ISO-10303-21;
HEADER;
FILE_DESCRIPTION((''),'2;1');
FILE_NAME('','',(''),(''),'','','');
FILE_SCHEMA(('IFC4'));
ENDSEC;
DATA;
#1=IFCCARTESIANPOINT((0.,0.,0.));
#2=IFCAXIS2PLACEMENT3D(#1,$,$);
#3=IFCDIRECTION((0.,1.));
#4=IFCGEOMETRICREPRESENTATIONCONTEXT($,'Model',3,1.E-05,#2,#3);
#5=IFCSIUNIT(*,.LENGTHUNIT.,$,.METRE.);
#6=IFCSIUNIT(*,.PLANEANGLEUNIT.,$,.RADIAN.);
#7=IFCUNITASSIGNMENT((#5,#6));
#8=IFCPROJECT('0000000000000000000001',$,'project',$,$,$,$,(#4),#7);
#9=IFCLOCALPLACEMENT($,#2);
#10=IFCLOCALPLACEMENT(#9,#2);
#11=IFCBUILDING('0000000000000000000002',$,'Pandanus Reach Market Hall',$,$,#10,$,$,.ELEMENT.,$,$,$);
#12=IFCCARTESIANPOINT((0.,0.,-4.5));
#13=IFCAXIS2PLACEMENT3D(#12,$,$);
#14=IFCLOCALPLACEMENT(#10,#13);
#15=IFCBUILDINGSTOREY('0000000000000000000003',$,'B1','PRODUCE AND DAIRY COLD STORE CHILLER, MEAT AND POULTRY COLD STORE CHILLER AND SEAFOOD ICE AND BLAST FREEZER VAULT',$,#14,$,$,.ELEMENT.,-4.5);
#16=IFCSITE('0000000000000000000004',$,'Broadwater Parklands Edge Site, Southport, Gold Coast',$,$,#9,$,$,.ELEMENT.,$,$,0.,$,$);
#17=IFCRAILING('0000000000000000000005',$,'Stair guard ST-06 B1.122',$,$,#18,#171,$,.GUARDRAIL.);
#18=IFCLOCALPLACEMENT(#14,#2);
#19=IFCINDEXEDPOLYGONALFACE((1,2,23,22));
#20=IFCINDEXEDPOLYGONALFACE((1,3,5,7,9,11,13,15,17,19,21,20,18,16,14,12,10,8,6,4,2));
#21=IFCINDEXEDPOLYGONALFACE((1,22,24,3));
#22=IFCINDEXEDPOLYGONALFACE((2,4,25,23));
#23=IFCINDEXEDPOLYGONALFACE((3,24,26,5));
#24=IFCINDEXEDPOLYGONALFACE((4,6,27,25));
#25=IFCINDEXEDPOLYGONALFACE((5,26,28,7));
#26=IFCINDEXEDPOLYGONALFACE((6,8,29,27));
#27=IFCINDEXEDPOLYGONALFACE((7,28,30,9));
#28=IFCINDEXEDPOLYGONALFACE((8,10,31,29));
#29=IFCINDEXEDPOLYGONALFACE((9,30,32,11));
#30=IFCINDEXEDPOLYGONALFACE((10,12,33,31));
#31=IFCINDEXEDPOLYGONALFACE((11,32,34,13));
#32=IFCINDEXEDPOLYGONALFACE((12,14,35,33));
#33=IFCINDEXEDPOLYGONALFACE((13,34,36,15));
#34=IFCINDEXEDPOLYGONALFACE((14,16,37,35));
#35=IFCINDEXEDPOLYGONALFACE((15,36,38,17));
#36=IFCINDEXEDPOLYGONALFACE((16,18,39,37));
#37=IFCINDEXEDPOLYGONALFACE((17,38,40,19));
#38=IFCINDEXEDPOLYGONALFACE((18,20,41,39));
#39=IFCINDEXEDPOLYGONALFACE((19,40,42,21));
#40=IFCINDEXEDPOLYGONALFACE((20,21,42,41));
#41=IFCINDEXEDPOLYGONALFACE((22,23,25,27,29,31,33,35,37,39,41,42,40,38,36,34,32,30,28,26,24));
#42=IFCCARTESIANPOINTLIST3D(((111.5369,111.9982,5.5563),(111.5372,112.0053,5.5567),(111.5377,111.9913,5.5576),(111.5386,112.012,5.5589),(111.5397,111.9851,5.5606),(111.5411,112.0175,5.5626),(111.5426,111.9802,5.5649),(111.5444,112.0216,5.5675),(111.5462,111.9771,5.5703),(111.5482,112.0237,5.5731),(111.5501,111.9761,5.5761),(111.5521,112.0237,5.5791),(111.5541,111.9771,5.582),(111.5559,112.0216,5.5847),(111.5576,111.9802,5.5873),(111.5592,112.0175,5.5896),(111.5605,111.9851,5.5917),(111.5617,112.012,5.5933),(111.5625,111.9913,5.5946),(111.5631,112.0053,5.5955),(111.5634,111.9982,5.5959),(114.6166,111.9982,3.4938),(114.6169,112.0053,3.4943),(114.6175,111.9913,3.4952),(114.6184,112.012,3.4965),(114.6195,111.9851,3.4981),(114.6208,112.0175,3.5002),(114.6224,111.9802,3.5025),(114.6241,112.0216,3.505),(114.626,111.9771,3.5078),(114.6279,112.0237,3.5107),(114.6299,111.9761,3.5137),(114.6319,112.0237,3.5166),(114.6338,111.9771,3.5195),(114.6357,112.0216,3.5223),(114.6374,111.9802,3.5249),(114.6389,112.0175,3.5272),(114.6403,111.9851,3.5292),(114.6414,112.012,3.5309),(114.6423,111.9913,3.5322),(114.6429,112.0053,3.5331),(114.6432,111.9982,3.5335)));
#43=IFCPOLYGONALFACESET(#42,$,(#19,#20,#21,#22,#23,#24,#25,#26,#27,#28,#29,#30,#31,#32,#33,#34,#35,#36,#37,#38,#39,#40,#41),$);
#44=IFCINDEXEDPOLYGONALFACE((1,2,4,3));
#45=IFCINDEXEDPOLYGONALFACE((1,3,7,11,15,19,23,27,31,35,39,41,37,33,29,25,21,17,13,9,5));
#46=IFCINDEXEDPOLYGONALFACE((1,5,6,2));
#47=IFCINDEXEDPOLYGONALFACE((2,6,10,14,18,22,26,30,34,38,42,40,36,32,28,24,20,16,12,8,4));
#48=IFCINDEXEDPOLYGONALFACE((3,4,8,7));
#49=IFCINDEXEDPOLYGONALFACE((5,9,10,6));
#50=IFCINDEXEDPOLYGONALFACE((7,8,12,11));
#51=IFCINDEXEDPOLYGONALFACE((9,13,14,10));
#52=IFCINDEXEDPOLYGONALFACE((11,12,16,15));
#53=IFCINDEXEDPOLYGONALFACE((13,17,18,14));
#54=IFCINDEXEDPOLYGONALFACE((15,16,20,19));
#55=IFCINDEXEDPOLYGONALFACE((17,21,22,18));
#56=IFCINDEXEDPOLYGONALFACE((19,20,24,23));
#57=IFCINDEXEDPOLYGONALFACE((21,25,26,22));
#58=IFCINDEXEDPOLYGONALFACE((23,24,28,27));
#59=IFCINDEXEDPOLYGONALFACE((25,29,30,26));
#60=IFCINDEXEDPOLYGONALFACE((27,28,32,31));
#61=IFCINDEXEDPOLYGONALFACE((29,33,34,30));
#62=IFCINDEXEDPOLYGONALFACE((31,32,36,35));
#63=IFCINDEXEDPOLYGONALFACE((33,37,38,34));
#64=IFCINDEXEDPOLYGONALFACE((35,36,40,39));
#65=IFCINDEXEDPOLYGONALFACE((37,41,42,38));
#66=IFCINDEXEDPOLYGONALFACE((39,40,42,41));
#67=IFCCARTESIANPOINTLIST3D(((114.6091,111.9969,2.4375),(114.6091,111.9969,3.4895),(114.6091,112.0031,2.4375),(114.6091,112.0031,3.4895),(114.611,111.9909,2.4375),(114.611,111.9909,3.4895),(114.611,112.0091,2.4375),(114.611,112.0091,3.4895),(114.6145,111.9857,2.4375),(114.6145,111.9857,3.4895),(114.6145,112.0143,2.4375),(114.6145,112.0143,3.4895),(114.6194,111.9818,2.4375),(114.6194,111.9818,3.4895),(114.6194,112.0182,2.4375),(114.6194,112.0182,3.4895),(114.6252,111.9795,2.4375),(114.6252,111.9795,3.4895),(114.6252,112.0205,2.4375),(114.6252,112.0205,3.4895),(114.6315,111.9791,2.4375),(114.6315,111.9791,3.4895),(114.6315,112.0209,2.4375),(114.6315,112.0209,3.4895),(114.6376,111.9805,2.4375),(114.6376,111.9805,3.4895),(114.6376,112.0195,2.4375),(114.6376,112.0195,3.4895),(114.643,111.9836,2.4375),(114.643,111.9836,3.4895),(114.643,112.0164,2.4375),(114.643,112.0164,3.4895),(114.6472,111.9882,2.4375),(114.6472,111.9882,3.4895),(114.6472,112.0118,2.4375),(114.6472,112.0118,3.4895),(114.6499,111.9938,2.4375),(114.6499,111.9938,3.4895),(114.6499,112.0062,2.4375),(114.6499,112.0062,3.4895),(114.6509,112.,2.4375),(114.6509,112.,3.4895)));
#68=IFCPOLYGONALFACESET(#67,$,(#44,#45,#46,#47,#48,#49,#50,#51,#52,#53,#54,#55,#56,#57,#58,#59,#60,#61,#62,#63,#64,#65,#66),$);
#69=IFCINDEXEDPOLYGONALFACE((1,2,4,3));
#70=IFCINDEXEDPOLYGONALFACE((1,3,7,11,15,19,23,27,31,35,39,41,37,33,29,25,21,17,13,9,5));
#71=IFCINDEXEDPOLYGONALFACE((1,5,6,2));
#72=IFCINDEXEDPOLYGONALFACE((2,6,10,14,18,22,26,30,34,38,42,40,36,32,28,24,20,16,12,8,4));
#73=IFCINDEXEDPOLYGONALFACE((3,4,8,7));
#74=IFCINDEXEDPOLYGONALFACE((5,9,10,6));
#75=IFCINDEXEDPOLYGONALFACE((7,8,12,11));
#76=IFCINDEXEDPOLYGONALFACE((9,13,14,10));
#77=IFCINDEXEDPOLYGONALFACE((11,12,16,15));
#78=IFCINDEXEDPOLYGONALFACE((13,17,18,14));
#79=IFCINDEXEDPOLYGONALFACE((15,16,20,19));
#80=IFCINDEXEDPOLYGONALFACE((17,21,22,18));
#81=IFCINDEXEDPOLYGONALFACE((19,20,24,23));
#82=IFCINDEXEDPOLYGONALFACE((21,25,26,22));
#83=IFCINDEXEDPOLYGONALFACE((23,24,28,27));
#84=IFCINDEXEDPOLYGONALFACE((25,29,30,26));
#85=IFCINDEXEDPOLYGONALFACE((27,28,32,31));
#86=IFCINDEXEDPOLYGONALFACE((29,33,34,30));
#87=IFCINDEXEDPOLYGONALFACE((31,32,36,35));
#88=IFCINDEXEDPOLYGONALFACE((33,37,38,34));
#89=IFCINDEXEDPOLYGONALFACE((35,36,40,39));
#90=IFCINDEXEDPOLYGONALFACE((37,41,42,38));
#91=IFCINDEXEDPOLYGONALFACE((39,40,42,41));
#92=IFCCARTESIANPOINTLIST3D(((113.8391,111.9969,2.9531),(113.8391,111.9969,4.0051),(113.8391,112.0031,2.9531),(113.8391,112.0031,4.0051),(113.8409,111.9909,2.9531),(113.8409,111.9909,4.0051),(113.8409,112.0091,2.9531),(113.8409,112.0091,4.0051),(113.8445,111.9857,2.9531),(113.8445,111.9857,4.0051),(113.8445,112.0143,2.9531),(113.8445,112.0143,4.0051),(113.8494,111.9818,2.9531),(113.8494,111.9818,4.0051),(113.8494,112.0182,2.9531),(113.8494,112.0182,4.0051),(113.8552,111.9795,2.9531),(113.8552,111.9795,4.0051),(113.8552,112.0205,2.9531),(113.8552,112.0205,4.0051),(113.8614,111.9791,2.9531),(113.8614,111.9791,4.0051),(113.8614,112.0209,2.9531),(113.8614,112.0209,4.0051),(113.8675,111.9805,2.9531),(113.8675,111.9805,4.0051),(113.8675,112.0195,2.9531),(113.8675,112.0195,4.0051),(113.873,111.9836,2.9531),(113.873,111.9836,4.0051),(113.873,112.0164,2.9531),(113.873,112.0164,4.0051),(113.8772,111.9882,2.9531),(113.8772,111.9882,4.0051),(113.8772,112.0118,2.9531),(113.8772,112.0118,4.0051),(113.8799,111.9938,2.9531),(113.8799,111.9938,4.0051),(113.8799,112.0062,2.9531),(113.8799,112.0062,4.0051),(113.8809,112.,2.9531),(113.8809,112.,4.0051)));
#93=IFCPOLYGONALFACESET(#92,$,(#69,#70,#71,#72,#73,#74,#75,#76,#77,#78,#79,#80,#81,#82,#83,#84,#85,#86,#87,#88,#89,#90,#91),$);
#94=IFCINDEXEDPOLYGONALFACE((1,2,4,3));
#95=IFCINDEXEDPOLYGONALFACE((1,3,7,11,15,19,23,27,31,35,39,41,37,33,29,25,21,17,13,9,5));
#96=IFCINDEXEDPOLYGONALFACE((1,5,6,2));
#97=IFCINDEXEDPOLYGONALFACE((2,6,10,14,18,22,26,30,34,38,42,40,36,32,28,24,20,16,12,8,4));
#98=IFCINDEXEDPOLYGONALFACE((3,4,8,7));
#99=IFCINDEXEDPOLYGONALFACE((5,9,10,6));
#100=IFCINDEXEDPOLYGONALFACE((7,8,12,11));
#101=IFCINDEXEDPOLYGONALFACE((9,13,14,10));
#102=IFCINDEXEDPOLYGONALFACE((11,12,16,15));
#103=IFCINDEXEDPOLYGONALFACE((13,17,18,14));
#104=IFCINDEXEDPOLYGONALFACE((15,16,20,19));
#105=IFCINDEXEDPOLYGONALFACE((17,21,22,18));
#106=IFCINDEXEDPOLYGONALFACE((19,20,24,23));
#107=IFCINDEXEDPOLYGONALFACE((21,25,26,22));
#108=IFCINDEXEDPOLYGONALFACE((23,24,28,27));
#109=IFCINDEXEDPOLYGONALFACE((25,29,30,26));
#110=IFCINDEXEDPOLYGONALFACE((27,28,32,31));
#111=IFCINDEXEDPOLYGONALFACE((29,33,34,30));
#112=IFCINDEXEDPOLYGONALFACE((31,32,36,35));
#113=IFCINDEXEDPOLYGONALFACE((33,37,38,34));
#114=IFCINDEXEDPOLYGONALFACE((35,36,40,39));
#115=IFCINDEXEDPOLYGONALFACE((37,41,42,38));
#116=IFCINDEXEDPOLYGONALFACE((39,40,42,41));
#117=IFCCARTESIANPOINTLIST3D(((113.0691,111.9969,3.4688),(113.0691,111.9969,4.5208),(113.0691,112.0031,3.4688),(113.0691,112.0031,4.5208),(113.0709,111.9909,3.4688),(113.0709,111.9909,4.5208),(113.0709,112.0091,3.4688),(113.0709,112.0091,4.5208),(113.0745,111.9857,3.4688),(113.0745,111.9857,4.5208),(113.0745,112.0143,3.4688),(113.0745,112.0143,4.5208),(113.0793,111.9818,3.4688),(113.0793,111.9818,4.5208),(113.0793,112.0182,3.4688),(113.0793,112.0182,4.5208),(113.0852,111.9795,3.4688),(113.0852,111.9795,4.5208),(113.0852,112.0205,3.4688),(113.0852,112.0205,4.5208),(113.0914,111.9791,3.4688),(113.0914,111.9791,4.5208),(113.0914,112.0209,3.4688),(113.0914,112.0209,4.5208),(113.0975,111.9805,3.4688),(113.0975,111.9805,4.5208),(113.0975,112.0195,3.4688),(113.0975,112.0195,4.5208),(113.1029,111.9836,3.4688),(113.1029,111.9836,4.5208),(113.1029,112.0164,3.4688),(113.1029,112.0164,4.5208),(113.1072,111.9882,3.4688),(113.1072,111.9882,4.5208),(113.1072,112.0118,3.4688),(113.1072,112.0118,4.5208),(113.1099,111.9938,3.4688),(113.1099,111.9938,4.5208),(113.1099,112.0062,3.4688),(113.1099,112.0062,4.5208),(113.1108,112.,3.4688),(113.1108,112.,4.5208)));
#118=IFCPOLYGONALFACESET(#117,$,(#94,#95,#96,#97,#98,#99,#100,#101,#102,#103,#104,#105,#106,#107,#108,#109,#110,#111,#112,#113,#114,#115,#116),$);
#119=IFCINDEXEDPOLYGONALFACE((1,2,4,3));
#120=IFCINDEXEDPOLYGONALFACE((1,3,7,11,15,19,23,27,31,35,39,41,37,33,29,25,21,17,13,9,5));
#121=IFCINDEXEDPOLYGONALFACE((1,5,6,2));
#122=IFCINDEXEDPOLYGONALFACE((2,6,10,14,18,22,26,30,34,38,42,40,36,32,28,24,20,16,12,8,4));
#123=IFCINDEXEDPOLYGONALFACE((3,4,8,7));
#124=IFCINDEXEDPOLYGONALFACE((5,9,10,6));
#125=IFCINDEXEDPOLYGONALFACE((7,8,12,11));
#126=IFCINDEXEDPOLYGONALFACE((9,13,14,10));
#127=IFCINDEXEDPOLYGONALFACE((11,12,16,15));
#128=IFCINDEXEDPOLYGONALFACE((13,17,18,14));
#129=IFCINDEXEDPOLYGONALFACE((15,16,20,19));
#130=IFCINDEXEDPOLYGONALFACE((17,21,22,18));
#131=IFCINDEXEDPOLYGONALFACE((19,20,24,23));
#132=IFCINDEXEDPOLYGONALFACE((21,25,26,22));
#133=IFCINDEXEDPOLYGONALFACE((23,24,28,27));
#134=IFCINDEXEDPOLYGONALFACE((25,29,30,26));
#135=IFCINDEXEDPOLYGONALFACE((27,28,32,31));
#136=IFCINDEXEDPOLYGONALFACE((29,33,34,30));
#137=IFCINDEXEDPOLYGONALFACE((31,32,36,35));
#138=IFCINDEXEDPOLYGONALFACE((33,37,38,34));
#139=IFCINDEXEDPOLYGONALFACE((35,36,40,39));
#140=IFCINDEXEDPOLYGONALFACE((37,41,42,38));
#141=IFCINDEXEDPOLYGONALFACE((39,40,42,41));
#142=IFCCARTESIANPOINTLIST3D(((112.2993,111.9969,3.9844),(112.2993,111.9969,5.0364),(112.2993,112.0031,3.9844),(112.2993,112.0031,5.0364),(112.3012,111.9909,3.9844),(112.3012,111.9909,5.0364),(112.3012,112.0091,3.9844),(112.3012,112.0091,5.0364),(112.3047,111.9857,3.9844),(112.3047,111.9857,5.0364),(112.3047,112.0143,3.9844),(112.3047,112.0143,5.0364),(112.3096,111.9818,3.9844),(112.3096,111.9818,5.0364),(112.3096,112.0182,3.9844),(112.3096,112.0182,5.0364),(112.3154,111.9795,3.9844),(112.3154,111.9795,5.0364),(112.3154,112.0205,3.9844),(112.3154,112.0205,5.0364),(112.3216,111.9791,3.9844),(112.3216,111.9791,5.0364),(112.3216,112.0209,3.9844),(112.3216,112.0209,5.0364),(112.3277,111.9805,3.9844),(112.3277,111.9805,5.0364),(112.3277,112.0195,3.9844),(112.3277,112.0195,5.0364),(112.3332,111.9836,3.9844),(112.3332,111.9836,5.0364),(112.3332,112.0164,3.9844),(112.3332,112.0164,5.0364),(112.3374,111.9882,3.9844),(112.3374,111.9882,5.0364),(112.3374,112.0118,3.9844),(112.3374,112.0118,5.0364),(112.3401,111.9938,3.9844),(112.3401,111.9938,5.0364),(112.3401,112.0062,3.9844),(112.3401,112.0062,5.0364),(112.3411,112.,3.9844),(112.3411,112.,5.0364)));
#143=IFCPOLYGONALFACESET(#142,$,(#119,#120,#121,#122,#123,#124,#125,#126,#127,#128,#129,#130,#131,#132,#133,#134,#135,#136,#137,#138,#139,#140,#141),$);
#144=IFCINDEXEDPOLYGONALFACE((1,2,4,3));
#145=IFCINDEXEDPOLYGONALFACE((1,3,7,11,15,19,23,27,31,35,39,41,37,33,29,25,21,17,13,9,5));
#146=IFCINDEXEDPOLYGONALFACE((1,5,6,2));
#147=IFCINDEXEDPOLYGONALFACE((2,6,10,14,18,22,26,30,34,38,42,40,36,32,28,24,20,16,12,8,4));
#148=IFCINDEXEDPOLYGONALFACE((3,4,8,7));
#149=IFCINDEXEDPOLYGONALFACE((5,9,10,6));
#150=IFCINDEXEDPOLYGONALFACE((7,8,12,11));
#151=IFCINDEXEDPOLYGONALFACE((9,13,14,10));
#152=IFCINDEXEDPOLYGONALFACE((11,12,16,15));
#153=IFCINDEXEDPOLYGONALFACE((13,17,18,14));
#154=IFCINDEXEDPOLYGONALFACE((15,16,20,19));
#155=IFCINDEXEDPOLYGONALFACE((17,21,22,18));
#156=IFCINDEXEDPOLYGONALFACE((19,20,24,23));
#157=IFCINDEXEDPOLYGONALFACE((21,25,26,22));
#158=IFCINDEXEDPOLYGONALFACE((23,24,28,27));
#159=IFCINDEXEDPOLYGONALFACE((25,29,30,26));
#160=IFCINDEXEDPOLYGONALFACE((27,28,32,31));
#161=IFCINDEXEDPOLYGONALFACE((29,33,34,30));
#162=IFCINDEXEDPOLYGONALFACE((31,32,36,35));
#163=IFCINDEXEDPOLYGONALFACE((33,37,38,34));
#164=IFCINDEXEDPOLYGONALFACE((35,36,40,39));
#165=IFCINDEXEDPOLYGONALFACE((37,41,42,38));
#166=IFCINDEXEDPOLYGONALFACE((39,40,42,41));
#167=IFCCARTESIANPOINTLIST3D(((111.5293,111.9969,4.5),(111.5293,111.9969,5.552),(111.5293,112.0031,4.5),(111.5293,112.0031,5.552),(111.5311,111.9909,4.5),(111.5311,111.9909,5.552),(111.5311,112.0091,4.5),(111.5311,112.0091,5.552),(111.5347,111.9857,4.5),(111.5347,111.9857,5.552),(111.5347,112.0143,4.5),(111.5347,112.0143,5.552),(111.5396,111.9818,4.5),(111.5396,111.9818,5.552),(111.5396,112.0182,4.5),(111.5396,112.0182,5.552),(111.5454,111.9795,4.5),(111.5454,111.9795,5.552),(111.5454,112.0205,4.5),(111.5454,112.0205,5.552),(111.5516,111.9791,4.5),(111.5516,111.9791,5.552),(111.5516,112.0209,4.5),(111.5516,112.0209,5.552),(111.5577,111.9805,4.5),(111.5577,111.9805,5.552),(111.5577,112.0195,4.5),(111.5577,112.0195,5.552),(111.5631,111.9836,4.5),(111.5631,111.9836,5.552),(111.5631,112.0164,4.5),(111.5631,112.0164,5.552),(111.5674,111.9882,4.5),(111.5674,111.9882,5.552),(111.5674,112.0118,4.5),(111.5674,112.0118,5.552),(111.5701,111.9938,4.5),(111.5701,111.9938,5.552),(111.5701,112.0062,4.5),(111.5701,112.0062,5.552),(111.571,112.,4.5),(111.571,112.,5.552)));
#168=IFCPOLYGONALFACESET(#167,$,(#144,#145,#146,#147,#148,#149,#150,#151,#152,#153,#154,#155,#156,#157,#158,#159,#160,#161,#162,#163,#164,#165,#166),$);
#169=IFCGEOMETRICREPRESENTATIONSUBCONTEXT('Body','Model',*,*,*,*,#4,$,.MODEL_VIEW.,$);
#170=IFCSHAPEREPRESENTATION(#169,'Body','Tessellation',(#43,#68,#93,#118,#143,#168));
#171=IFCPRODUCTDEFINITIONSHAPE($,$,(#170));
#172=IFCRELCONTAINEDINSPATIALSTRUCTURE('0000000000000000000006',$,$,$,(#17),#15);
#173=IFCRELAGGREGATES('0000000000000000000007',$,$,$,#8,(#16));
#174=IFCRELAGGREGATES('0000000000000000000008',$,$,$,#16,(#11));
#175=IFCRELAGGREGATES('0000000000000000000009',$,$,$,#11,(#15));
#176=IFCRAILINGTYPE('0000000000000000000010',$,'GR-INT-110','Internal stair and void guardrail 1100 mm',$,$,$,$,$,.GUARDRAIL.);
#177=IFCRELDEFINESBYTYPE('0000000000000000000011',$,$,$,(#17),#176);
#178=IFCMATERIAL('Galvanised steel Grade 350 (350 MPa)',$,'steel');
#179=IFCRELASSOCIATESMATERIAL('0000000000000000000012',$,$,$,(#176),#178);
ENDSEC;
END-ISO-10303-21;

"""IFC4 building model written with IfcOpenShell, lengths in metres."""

from ifc_helpers import new_model, si_unit, direction, frame, origin, origin_2d, place, context, subcontext, project, spatial, circle, extrude, material, type_object, element, save


model = new_model("IFC4")

# Units and contexts
model_context = context("Model", 3, precision=1e-05, world=origin(), true_north=direction((0.0, 1.0)))
body_context = subcontext(model_context, "Body", "Model", "MODEL_VIEW")
ifc_project = project(units=[si_unit("LENGTHUNIT", "METRE"), si_unit("PLANEANGLEUNIT", "RADIAN")], contexts=[model_context])

# Site, building, storey
site_placement = place(None, origin())
site = spatial("IfcSite", under=ifc_project, at=site_placement, Name="Broadwater Parklands Edge Site, Southport, Gold Coast", CompositionType="ELEMENT", RefElevation=0.0)
building_placement = place(site_placement, origin())
building = spatial("IfcBuilding", under=site, at=building_placement, Name="Pandanus Reach Market Hall", CompositionType="ELEMENT")
storey_placement = place(building_placement, frame((0.0, 0.0, -4.5)))
storey = spatial("IfcBuildingStorey", under=building, at=storey_placement, Name="B1", Description="PRODUCE AND DAIRY COLD STORE CHILLER, MEAT AND POULTRY COLD STORE CHILLER AND SEAFOOD ICE AND BLAST FREEZER VAULT", CompositionType="ELEMENT", Elevation=-4.5)

# Railing
ifc_material_1 = material(Name="Galvanised steel Grade 350 (350 MPa)", Category="steel")
railing_type_1 = type_object("IfcRailingType", Name="GR-INT-110", Description="Internal stair and void guardrail 1100 mm", PredefinedType="GUARDRAIL", material=ifc_material_1)
railing_1_placement = place(storey_placement, frame((114.6299, 112.0, 2.4375)))
element("IfcRailing", 1, at=railing_1_placement, inside=storey, type_object=railing_type_1, Name="Stair guard ST-06 B1.122", PredefinedType="GUARDRAIL", context=body_context, shape_type="SweptSolid", body=[
    extrude(circle(Radius=0.0239, at=origin_2d()), frame((0.0, 0.0, 1.0762), z_axis=(-0.830893, 0.0, 0.556432), x_axis=(0.0, -1.0, 0.0)), (0.0, 0.0, 1.0), 3.7065),
    extrude(circle(Radius=0.021, at=origin_2d()), origin(), (0.0, 0.0, 1.0), 1.052),
    extrude(circle(Radius=0.021, at=origin_2d()), frame((-0.77, 0.0, 0.5156)), (0.0, 0.0, 1.0), 1.052),
    extrude(circle(Radius=0.021, at=origin_2d()), frame((-1.54, 0.0, 1.0312)), (0.0, 0.0, 1.0), 1.052),
    extrude(circle(Radius=0.021, at=origin_2d()), frame((-2.3098, 0.0, 1.5469)), (0.0, 0.0, 1.0), 1.052),
    extrude(circle(Radius=0.021, at=origin_2d()), frame((-3.0798, 0.0, 2.0625)), (0.0, 0.0, 1.0), 1.052),
])

save(model, "model.ifc")
